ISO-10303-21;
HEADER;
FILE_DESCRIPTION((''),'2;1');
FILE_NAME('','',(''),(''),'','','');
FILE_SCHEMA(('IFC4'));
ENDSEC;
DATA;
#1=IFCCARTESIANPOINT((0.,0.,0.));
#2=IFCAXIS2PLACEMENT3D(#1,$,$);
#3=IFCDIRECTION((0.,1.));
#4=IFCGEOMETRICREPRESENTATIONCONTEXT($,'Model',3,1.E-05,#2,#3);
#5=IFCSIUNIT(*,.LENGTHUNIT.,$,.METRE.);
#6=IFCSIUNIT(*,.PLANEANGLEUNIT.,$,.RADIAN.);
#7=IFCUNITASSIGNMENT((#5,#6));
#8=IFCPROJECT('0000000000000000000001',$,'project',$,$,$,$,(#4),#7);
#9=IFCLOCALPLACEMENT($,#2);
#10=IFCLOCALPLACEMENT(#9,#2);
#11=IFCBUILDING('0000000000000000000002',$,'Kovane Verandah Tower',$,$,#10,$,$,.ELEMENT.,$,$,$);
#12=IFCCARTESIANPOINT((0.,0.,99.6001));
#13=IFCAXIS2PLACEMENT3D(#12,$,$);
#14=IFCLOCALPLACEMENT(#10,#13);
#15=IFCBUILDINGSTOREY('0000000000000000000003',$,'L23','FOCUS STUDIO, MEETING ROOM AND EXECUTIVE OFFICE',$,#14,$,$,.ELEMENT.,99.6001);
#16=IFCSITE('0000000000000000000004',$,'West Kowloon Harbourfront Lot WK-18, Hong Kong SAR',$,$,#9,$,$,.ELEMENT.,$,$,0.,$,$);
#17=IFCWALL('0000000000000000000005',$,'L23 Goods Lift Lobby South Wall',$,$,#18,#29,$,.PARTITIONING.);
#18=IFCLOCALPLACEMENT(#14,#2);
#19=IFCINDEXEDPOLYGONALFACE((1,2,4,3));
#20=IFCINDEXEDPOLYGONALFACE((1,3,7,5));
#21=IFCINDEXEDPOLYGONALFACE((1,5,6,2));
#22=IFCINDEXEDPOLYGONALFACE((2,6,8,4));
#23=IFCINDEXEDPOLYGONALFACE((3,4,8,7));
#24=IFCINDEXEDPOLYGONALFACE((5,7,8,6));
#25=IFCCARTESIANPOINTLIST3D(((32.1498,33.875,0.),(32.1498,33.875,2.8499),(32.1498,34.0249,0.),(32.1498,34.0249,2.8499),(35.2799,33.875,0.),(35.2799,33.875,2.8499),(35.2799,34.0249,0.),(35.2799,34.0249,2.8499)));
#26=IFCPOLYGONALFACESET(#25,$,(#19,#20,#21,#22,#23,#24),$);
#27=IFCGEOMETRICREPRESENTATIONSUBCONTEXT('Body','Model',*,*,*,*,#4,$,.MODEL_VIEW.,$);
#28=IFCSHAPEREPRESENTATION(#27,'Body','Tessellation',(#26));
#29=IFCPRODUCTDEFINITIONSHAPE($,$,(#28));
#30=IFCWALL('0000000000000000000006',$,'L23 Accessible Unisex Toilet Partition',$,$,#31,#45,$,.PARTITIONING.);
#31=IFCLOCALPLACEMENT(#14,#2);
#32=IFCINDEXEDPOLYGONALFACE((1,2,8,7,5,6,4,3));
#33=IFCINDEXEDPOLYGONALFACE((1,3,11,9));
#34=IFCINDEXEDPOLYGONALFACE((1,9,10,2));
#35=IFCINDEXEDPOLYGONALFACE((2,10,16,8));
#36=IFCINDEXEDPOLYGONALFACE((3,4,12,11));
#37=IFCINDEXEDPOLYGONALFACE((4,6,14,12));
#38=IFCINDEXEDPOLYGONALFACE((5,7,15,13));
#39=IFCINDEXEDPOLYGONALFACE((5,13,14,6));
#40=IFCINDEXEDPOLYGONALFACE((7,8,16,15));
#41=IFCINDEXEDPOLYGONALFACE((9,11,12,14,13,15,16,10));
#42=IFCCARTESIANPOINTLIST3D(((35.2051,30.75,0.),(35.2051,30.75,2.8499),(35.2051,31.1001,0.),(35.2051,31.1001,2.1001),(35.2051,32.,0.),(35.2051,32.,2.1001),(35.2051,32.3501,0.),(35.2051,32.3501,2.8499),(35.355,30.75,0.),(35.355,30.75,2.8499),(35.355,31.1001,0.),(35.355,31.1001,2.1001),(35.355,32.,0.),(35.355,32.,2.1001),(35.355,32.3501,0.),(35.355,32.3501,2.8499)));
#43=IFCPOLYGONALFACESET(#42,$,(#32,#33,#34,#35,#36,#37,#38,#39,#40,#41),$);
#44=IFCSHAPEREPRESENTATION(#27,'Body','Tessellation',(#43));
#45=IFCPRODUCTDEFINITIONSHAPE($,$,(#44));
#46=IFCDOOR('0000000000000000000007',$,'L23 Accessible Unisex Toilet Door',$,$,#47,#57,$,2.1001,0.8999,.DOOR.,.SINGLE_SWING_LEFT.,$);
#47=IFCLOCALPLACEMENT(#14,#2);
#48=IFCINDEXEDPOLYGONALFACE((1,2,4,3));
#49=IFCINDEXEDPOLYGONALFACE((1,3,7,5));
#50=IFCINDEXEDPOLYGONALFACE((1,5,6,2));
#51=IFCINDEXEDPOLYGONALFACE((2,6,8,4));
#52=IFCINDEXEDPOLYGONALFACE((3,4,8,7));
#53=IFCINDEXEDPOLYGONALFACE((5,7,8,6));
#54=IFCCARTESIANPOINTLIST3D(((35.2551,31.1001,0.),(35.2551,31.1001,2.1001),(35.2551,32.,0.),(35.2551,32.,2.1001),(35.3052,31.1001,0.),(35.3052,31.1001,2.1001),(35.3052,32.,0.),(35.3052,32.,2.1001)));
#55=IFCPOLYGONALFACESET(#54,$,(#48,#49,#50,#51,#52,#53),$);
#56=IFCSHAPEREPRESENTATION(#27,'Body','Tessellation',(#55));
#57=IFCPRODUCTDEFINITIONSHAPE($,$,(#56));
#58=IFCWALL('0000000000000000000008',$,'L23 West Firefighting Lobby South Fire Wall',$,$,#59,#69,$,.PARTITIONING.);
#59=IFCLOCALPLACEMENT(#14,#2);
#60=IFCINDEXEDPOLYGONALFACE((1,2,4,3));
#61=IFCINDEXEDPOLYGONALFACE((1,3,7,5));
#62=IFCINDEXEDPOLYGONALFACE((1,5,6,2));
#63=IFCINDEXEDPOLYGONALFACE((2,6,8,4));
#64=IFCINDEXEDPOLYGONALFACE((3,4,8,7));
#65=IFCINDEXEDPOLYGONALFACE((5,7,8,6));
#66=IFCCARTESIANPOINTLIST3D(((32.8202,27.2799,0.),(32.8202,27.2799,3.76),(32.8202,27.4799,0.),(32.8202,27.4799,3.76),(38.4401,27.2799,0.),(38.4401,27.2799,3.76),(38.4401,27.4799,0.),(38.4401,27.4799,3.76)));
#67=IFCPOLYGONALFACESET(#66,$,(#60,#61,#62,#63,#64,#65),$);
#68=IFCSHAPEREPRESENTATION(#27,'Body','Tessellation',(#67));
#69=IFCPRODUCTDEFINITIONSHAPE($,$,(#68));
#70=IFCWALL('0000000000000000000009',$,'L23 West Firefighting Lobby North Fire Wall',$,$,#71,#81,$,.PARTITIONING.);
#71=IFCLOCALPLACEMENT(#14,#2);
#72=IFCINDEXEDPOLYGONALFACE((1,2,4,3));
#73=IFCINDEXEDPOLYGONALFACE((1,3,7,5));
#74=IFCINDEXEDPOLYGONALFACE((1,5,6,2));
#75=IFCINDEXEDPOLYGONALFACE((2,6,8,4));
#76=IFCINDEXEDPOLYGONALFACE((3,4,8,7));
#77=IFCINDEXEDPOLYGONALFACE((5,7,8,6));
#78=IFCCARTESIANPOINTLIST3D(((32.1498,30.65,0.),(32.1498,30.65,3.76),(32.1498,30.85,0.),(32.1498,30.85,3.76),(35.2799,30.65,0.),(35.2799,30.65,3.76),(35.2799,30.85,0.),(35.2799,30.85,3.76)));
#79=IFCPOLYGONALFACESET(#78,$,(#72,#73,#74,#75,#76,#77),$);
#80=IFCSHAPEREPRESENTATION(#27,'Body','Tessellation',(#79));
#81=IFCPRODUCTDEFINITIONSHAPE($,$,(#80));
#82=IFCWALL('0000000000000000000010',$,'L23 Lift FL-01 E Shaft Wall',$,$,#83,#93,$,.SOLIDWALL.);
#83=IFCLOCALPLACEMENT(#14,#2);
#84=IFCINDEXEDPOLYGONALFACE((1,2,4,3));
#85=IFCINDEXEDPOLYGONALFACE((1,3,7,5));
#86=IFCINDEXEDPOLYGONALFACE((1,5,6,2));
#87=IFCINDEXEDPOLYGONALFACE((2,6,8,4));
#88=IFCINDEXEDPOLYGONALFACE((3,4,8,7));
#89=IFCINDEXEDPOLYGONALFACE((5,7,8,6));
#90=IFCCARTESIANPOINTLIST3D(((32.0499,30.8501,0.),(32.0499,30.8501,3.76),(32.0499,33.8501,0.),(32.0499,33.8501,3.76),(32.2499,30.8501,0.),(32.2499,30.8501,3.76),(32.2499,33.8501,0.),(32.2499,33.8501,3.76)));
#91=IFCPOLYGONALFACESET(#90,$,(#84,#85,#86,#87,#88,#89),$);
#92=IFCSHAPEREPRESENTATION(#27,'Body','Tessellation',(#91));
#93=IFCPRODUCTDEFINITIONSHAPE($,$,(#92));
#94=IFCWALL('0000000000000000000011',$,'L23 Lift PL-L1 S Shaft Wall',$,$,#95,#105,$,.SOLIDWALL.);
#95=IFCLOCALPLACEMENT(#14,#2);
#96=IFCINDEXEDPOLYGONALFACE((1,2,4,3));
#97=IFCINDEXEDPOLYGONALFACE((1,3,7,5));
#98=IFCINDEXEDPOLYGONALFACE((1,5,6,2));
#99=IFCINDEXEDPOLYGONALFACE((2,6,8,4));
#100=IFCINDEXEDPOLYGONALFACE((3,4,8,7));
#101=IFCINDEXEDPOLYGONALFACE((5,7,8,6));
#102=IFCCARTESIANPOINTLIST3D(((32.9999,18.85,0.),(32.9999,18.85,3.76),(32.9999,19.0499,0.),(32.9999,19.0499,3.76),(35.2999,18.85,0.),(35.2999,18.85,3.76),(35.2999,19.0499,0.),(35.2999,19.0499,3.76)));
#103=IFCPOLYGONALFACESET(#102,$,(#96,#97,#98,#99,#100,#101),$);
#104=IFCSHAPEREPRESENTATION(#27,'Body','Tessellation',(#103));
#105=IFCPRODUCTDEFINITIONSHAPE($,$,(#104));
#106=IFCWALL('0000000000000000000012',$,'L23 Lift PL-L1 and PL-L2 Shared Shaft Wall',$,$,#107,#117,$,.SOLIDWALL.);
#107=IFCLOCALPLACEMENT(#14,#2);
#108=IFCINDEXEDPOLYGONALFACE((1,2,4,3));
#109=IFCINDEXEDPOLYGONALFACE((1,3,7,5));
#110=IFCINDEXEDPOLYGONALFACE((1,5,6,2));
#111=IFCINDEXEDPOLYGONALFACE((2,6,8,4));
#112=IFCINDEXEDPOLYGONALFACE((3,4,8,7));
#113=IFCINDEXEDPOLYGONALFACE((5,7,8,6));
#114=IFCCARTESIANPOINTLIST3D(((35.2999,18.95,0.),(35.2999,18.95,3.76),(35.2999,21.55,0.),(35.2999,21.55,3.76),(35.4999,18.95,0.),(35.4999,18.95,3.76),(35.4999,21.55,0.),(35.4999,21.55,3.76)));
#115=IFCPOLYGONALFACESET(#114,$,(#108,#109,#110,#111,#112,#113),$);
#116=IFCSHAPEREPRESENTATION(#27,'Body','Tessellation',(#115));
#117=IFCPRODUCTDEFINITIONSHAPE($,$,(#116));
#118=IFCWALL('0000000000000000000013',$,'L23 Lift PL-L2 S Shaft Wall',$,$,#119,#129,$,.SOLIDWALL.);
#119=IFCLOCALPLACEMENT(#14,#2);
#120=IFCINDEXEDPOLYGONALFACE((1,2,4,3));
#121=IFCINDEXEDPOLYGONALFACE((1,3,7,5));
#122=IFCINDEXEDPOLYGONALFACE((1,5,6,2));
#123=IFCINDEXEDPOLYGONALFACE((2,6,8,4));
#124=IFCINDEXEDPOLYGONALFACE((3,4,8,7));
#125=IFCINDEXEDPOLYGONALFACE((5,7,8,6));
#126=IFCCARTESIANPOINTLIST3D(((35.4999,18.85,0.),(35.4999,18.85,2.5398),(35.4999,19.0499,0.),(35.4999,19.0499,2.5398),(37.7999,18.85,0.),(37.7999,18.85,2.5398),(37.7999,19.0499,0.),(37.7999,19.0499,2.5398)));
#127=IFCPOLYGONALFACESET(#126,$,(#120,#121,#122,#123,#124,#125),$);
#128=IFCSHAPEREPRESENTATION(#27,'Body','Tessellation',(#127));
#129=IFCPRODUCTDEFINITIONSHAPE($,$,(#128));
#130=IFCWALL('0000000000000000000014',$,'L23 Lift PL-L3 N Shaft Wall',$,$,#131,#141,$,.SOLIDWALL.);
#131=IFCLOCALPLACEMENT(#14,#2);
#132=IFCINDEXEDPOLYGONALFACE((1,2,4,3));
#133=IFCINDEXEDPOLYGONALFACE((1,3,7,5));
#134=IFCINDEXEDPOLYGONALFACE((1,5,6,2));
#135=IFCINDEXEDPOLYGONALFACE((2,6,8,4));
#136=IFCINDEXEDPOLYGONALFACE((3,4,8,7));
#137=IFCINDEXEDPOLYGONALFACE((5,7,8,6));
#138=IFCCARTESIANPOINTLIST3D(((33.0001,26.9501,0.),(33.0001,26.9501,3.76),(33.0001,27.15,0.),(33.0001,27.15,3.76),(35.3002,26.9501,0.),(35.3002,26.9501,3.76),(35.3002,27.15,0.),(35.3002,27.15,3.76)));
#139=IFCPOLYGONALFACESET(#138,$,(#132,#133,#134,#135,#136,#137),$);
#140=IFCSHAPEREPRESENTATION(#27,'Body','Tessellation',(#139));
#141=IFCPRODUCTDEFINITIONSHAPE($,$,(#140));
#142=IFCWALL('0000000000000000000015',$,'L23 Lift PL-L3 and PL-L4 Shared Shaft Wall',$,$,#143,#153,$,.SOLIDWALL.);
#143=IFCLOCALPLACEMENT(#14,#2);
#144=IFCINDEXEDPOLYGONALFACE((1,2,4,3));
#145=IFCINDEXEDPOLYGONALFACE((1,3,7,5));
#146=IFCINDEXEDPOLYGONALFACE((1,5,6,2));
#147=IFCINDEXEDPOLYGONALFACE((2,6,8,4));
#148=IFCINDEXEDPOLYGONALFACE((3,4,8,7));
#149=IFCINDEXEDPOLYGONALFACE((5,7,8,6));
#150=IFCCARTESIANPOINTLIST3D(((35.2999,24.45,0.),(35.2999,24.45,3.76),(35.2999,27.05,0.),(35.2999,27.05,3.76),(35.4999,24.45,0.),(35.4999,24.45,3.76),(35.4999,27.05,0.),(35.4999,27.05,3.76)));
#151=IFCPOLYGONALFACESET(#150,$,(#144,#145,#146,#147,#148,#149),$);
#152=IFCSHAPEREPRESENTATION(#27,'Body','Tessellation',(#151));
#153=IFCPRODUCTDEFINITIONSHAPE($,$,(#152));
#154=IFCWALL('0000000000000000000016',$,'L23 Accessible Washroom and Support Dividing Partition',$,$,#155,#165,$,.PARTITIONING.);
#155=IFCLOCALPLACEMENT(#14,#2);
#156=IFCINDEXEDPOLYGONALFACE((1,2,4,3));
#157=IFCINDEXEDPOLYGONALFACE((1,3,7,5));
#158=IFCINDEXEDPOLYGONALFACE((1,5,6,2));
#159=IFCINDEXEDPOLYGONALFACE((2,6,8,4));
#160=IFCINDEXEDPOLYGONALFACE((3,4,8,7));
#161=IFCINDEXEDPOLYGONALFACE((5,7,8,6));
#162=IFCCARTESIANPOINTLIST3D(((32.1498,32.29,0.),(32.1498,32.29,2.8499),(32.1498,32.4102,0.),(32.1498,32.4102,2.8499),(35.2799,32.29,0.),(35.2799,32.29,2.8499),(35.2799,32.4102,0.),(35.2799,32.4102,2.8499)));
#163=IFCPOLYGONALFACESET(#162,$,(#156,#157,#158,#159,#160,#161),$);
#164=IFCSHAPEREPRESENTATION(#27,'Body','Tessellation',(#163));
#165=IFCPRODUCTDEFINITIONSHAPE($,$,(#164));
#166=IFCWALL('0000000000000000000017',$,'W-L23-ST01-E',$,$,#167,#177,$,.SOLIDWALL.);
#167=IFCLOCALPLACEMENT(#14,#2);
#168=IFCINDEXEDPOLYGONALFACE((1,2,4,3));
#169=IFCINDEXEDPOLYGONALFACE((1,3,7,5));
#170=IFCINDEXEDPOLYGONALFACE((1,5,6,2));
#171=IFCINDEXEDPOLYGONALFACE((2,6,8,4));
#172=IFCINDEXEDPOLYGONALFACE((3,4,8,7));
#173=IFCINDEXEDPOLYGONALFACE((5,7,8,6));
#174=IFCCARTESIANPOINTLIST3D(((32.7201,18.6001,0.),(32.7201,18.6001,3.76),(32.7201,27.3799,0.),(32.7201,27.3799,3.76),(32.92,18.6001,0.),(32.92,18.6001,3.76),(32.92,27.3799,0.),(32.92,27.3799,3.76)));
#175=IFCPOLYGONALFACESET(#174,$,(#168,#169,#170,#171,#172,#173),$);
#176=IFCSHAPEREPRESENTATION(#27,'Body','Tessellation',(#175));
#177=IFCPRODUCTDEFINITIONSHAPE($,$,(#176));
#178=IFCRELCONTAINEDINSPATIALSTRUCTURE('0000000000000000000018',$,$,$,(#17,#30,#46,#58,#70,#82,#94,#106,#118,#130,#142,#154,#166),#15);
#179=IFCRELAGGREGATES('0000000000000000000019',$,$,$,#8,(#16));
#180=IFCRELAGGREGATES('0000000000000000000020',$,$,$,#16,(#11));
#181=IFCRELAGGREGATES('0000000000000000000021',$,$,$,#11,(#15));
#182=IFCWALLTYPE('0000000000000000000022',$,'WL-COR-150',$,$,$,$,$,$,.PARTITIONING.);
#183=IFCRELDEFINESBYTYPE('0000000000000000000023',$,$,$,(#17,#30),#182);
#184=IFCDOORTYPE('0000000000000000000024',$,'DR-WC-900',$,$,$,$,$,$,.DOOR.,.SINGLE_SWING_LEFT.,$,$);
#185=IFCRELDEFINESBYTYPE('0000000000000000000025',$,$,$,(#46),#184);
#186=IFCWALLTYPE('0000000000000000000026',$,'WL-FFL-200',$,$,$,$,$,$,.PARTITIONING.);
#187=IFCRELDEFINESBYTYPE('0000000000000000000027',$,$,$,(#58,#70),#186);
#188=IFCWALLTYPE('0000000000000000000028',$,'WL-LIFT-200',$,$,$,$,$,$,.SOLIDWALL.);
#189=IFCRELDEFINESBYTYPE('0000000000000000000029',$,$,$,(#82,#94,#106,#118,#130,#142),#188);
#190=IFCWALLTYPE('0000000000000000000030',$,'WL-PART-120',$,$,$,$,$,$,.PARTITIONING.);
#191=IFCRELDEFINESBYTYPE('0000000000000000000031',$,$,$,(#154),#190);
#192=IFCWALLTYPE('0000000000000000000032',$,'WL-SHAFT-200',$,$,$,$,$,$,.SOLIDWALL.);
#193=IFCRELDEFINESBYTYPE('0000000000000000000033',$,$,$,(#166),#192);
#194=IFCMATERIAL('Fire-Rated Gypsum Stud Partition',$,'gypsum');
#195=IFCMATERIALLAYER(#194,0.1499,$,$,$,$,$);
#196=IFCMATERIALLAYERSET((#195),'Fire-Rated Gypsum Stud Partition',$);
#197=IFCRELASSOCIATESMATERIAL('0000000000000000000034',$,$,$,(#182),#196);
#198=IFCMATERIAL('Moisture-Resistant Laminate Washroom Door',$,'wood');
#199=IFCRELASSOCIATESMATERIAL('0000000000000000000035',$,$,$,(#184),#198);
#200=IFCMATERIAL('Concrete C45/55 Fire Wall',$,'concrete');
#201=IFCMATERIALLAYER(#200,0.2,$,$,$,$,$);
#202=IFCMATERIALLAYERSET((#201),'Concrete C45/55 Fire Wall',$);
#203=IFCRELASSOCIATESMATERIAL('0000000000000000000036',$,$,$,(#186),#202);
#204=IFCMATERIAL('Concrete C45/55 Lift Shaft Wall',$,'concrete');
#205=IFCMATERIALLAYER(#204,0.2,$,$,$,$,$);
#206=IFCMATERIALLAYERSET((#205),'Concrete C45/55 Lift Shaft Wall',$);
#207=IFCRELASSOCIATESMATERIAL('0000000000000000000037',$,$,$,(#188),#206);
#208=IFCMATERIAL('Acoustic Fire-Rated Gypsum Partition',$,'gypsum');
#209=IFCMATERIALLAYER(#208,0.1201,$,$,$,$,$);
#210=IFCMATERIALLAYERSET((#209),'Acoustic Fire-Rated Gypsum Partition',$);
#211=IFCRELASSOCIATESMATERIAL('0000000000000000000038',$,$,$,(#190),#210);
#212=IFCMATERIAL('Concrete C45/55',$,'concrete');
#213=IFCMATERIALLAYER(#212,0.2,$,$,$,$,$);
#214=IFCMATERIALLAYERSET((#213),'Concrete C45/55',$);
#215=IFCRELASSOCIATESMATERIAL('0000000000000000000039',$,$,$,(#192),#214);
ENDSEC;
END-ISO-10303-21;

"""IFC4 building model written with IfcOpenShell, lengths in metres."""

from ifc_helpers import new_model, si_unit, direction, frame, frame_2d, origin, place, context, subcontext, project, spatial, rectangle, extrude, material, layer, layer_set, type_object, element, fill, save


model = new_model("IFC4")

# Units and contexts
model_context = context("Model", 3, precision=1e-05, world=origin(), true_north=direction((0.0, 1.0)))
body_context = subcontext(model_context, "Body", "Model", "MODEL_VIEW")
ifc_project = project(units=[si_unit("LENGTHUNIT", "METRE"), si_unit("PLANEANGLEUNIT", "RADIAN")], contexts=[model_context])

# Site, building, storey
site_placement = place(None, origin())
site = spatial("IfcSite", under=ifc_project, at=site_placement, Name="West Kowloon Harbourfront Lot WK-18, Hong Kong SAR", CompositionType="ELEMENT", RefElevation=0.0)
building_placement = place(site_placement, origin())
building = spatial("IfcBuilding", under=site, at=building_placement, Name="Kovane Verandah Tower", CompositionType="ELEMENT")
storey_placement = place(building_placement, frame((0.0, 0.0, 99.6001)))
storey = spatial("IfcBuildingStorey", under=building, at=storey_placement, Name="L23", Description="FOCUS STUDIO, MEETING ROOM AND EXECUTIVE OFFICE", CompositionType="ELEMENT", Elevation=99.6001)

# Wall
ifc_material_1 = material(Name="Fire-Rated Gypsum Stud Partition", Category="gypsum")
ifc_layer_1 = layer(ifc_material_1, 0.1499)
ifc_layer_set_1 = layer_set([ifc_layer_1], Name="Fire-Rated Gypsum Stud Partition")
wall_type_1 = type_object("IfcWallType", Name="WL-COR-150", PredefinedType="PARTITIONING", material=ifc_layer_set_1)
wall_1_placement = place(storey_placement, frame((32.1499, 33.95, 0.0), z_axis=(0.0, 0.0, 1.0), x_axis=(1.0, 0.0, 0.0)))
element("IfcWall", 1, at=wall_1_placement, inside=storey, type_object=wall_type_1, Name="L23 Goods Lift Lobby South Wall", PredefinedType="PARTITIONING", context=body_context, shape_type="SweptSolid", body=[
    extrude(rectangle(XDim=3.1301, YDim=0.1499, at=frame_2d((1.5649, 0.0))), origin(), (0.0, 0.0, 1.0), 2.8499),
])

# Wall, opening, door
wall_2_placement = place(storey_placement, frame((35.28, 30.75, 0.0), z_axis=(0.0, 0.0, 1.0), x_axis=(0.0, 1.0, 0.0)))
wall_2 = element("IfcWall", 2, at=wall_2_placement, inside=storey, type_object=wall_type_1, Name="L23 Accessible Unisex Toilet Partition", PredefinedType="PARTITIONING", context=body_context, shape_type="SweptSolid", body=[
    extrude(rectangle(XDim=1.6001, YDim=0.1499, at=frame_2d((0.8, 0.0))), origin(), (0.0, 0.0, 1.0), 2.8499),
])
opening_1_placement = place(wall_2_placement, frame((0.3501, 0.0, 0.0)))
opening_1 = element("IfcOpeningElement", 3, at=opening_1_placement, cuts=wall_2, PredefinedType="OPENING", context=body_context, shape_type="SweptSolid", body=[
    extrude(rectangle(XDim=0.8999, YDim=2.1001, at=frame_2d((0.45, 1.05))), frame((0.0, 0.075, 0.0), z_axis=(0.0, -1.0, 0.0), x_axis=(1.0, 0.0, 0.0)), (0.0, 0.0, 1.0), 0.1499),
])
ifc_material_2 = material(Name="Moisture-Resistant Laminate Washroom Door", Category="wood")
door_type_1 = type_object("IfcDoorType", Name="DR-WC-900", OperationType="SINGLE_SWING_LEFT", PredefinedType="DOOR", material=ifc_material_2)
door_1_placement = place(opening_1_placement, origin())
door_1 = element("IfcDoor", 4, at=door_1_placement, inside=storey, type_object=door_type_1, Name="L23 Accessible Unisex Toilet Door", OperationType="SINGLE_SWING_LEFT", OverallHeight=2.1001, OverallWidth=0.8999, PredefinedType="DOOR", context=body_context, shape_type="SweptSolid", body=[
    extrude(rectangle(XDim=0.8999, YDim=2.1001, at=frame_2d((0.45, 1.05))), frame((0.0, 0.0249, 0.0), z_axis=(0.0, -1.0, 0.0), x_axis=(1.0, 0.0, 0.0)), (0.0, 0.0, 1.0), 0.05),
])
fill(opening_1, door_1)
ifc_material_3 = material(Name="Concrete C45/55 Fire Wall", Category="concrete")
ifc_layer_2 = layer(ifc_material_3, 0.2)
ifc_layer_set_2 = layer_set([ifc_layer_2], Name="Concrete C45/55 Fire Wall")
wall_type_2 = type_object("IfcWallType", Name="WL-FFL-200", PredefinedType="PARTITIONING", material=ifc_layer_set_2)

# Walls
wall_3_placement = place(storey_placement, frame((32.8201, 27.3799, 0.0), z_axis=(0.0, 0.0, 1.0), x_axis=(1.0, 0.0, 0.0)))
element("IfcWall", 5, at=wall_3_placement, inside=storey, type_object=wall_type_2, Name="L23 West Firefighting Lobby South Fire Wall", PredefinedType="PARTITIONING", context=body_context, shape_type="SweptSolid", body=[
    extrude(rectangle(XDim=5.6199, YDim=0.2, at=frame_2d((2.8101, 0.0))), origin(), (0.0, 0.0, 1.0), 3.76),
])
wall_4_placement = place(storey_placement, frame((32.1499, 30.75, 0.0), z_axis=(0.0, 0.0, 1.0), x_axis=(1.0, 0.0, 0.0)))
element("IfcWall", 6, at=wall_4_placement, inside=storey, type_object=wall_type_2, Name="L23 West Firefighting Lobby North Fire Wall", PredefinedType="PARTITIONING", context=body_context, shape_type="SweptSolid", body=[
    extrude(rectangle(XDim=3.1301, YDim=0.2, at=frame_2d((1.5649, 0.0))), origin(), (0.0, 0.0, 1.0), 3.76),
])
ifc_material_4 = material(Name="Concrete C45/55 Lift Shaft Wall", Category="concrete")
ifc_layer_3 = layer(ifc_material_4, 0.2)
ifc_layer_set_3 = layer_set([ifc_layer_3], Name="Concrete C45/55 Lift Shaft Wall")
wall_type_3 = type_object("IfcWallType", Name="WL-LIFT-200", PredefinedType="SOLIDWALL", material=ifc_layer_set_3)
wall_5_placement = place(storey_placement, frame((32.1499, 30.8501, 0.0), z_axis=(0.0, 0.0, 1.0), x_axis=(0.0, 1.0, 0.0)))
element("IfcWall", 7, at=wall_5_placement, inside=storey, type_object=wall_type_3, Name="L23 Lift FL-01 E Shaft Wall", PredefinedType="SOLIDWALL", context=body_context, shape_type="SweptSolid", body=[
    extrude(rectangle(XDim=3.0, YDim=0.2, at=frame_2d((1.5, 0.0))), origin(), (0.0, 0.0, 1.0), 3.76),
])

# Wall
wall_6_placement = place(storey_placement, frame((33.0, 18.95, 0.0), z_axis=(0.0, 0.0, 1.0), x_axis=(1.0, 0.0, 0.0)))
element("IfcWall", 8, at=wall_6_placement, inside=storey, type_object=wall_type_3, Name="L23 Lift PL-L1 S Shaft Wall", PredefinedType="SOLIDWALL", context=body_context, shape_type="SweptSolid", body=[
    extrude(rectangle(XDim=2.3, YDim=0.2, at=frame_2d((1.1499, 0.0))), origin(), (0.0, 0.0, 1.0), 3.76),
])

# Walls
wall_7_placement = place(storey_placement, frame((35.3999, 18.95, 0.0), z_axis=(0.0, 0.0, 1.0), x_axis=(0.0, 1.0, 0.0)))
element("IfcWall", 9, at=wall_7_placement, inside=storey, type_object=wall_type_3, Name="L23 Lift PL-L1 and PL-L2 Shared Shaft Wall", PredefinedType="SOLIDWALL", context=body_context, shape_type="SweptSolid", body=[
    extrude(rectangle(XDim=2.6001, YDim=0.2, at=frame_2d((1.3, 0.0))), origin(), (0.0, 0.0, 1.0), 3.76),
])
wall_8_placement = place(storey_placement, frame((35.5, 18.95, 0.0), z_axis=(0.0, 0.0, 1.0), x_axis=(1.0, 0.0, 0.0)))
element("IfcWall", 10, at=wall_8_placement, inside=storey, type_object=wall_type_3, Name="L23 Lift PL-L2 S Shaft Wall", PredefinedType="SOLIDWALL", context=body_context, shape_type="SweptSolid", body=[
    extrude(rectangle(XDim=2.3, YDim=0.2, at=frame_2d((1.1499, 0.0))), origin(), (0.0, 0.0, 1.0), 2.5398),
])

# Walls
wall_9_placement = place(storey_placement, frame((35.3, 27.05, 0.0), z_axis=(0.0, 0.0, 1.0), x_axis=(-1.0, 0.0, 0.0)))
element("IfcWall", 11, at=wall_9_placement, inside=storey, type_object=wall_type_3, Name="L23 Lift PL-L3 N Shaft Wall", PredefinedType="SOLIDWALL", context=body_context, shape_type="SweptSolid", body=[
    extrude(rectangle(XDim=2.3, YDim=0.2, at=frame_2d((1.1499, 0.0))), origin(), (0.0, 0.0, 1.0), 3.76),
])
wall_10_placement = place(storey_placement, frame((35.3999, 24.45, 0.0), z_axis=(0.0, 0.0, 1.0), x_axis=(0.0, 1.0, 0.0)))
element("IfcWall", 12, at=wall_10_placement, inside=storey, type_object=wall_type_3, Name="L23 Lift PL-L3 and PL-L4 Shared Shaft Wall", PredefinedType="SOLIDWALL", context=body_context, shape_type="SweptSolid", body=[
    extrude(rectangle(XDim=2.6001, YDim=0.2, at=frame_2d((1.3, 0.0))), origin(), (0.0, 0.0, 1.0), 3.76),
])

# Walls
ifc_material_5 = material(Name="Acoustic Fire-Rated Gypsum Partition", Category="gypsum")
ifc_layer_4 = layer(ifc_material_5, 0.1201)
ifc_layer_set_4 = layer_set([ifc_layer_4], Name="Acoustic Fire-Rated Gypsum Partition")
wall_type_4 = type_object("IfcWallType", Name="WL-PART-120", PredefinedType="PARTITIONING", material=ifc_layer_set_4)
wall_11_placement = place(storey_placement, frame((32.1499, 32.3501, 0.0), z_axis=(0.0, 0.0, 1.0), x_axis=(1.0, 0.0, 0.0)))
element("IfcWall", 13, at=wall_11_placement, inside=storey, type_object=wall_type_4, Name="L23 Accessible Washroom and Support Dividing Partition", PredefinedType="PARTITIONING", context=body_context, shape_type="SweptSolid", body=[
    extrude(rectangle(XDim=3.1301, YDim=0.1201, at=frame_2d((1.5649, 0.0))), origin(), (0.0, 0.0, 1.0), 2.8499),
])
ifc_material_6 = material(Name="Concrete C45/55", Category="concrete")
ifc_layer_5 = layer(ifc_material_6, 0.2)
ifc_layer_set_5 = layer_set([ifc_layer_5], Name="Concrete C45/55")
wall_type_5 = type_object("IfcWallType", Name="WL-SHAFT-200", PredefinedType="SOLIDWALL", material=ifc_layer_set_5)
wall_12_placement = place(storey_placement, frame((32.8201, 18.6001, 0.0), z_axis=(0.0, 0.0, 1.0), x_axis=(0.0, 1.0, 0.0)))
element("IfcWall", 14, at=wall_12_placement, inside=storey, type_object=wall_type_5, Name="W-L23-ST01-E", PredefinedType="SOLIDWALL", context=body_context, shape_type="SweptSolid", body=[
    extrude(rectangle(XDim=8.7798, YDim=0.2, at=frame_2d((4.3899, 0.0))), origin(), (0.0, 0.0, 1.0), 3.76),
])

save(model, "model.ifc")
